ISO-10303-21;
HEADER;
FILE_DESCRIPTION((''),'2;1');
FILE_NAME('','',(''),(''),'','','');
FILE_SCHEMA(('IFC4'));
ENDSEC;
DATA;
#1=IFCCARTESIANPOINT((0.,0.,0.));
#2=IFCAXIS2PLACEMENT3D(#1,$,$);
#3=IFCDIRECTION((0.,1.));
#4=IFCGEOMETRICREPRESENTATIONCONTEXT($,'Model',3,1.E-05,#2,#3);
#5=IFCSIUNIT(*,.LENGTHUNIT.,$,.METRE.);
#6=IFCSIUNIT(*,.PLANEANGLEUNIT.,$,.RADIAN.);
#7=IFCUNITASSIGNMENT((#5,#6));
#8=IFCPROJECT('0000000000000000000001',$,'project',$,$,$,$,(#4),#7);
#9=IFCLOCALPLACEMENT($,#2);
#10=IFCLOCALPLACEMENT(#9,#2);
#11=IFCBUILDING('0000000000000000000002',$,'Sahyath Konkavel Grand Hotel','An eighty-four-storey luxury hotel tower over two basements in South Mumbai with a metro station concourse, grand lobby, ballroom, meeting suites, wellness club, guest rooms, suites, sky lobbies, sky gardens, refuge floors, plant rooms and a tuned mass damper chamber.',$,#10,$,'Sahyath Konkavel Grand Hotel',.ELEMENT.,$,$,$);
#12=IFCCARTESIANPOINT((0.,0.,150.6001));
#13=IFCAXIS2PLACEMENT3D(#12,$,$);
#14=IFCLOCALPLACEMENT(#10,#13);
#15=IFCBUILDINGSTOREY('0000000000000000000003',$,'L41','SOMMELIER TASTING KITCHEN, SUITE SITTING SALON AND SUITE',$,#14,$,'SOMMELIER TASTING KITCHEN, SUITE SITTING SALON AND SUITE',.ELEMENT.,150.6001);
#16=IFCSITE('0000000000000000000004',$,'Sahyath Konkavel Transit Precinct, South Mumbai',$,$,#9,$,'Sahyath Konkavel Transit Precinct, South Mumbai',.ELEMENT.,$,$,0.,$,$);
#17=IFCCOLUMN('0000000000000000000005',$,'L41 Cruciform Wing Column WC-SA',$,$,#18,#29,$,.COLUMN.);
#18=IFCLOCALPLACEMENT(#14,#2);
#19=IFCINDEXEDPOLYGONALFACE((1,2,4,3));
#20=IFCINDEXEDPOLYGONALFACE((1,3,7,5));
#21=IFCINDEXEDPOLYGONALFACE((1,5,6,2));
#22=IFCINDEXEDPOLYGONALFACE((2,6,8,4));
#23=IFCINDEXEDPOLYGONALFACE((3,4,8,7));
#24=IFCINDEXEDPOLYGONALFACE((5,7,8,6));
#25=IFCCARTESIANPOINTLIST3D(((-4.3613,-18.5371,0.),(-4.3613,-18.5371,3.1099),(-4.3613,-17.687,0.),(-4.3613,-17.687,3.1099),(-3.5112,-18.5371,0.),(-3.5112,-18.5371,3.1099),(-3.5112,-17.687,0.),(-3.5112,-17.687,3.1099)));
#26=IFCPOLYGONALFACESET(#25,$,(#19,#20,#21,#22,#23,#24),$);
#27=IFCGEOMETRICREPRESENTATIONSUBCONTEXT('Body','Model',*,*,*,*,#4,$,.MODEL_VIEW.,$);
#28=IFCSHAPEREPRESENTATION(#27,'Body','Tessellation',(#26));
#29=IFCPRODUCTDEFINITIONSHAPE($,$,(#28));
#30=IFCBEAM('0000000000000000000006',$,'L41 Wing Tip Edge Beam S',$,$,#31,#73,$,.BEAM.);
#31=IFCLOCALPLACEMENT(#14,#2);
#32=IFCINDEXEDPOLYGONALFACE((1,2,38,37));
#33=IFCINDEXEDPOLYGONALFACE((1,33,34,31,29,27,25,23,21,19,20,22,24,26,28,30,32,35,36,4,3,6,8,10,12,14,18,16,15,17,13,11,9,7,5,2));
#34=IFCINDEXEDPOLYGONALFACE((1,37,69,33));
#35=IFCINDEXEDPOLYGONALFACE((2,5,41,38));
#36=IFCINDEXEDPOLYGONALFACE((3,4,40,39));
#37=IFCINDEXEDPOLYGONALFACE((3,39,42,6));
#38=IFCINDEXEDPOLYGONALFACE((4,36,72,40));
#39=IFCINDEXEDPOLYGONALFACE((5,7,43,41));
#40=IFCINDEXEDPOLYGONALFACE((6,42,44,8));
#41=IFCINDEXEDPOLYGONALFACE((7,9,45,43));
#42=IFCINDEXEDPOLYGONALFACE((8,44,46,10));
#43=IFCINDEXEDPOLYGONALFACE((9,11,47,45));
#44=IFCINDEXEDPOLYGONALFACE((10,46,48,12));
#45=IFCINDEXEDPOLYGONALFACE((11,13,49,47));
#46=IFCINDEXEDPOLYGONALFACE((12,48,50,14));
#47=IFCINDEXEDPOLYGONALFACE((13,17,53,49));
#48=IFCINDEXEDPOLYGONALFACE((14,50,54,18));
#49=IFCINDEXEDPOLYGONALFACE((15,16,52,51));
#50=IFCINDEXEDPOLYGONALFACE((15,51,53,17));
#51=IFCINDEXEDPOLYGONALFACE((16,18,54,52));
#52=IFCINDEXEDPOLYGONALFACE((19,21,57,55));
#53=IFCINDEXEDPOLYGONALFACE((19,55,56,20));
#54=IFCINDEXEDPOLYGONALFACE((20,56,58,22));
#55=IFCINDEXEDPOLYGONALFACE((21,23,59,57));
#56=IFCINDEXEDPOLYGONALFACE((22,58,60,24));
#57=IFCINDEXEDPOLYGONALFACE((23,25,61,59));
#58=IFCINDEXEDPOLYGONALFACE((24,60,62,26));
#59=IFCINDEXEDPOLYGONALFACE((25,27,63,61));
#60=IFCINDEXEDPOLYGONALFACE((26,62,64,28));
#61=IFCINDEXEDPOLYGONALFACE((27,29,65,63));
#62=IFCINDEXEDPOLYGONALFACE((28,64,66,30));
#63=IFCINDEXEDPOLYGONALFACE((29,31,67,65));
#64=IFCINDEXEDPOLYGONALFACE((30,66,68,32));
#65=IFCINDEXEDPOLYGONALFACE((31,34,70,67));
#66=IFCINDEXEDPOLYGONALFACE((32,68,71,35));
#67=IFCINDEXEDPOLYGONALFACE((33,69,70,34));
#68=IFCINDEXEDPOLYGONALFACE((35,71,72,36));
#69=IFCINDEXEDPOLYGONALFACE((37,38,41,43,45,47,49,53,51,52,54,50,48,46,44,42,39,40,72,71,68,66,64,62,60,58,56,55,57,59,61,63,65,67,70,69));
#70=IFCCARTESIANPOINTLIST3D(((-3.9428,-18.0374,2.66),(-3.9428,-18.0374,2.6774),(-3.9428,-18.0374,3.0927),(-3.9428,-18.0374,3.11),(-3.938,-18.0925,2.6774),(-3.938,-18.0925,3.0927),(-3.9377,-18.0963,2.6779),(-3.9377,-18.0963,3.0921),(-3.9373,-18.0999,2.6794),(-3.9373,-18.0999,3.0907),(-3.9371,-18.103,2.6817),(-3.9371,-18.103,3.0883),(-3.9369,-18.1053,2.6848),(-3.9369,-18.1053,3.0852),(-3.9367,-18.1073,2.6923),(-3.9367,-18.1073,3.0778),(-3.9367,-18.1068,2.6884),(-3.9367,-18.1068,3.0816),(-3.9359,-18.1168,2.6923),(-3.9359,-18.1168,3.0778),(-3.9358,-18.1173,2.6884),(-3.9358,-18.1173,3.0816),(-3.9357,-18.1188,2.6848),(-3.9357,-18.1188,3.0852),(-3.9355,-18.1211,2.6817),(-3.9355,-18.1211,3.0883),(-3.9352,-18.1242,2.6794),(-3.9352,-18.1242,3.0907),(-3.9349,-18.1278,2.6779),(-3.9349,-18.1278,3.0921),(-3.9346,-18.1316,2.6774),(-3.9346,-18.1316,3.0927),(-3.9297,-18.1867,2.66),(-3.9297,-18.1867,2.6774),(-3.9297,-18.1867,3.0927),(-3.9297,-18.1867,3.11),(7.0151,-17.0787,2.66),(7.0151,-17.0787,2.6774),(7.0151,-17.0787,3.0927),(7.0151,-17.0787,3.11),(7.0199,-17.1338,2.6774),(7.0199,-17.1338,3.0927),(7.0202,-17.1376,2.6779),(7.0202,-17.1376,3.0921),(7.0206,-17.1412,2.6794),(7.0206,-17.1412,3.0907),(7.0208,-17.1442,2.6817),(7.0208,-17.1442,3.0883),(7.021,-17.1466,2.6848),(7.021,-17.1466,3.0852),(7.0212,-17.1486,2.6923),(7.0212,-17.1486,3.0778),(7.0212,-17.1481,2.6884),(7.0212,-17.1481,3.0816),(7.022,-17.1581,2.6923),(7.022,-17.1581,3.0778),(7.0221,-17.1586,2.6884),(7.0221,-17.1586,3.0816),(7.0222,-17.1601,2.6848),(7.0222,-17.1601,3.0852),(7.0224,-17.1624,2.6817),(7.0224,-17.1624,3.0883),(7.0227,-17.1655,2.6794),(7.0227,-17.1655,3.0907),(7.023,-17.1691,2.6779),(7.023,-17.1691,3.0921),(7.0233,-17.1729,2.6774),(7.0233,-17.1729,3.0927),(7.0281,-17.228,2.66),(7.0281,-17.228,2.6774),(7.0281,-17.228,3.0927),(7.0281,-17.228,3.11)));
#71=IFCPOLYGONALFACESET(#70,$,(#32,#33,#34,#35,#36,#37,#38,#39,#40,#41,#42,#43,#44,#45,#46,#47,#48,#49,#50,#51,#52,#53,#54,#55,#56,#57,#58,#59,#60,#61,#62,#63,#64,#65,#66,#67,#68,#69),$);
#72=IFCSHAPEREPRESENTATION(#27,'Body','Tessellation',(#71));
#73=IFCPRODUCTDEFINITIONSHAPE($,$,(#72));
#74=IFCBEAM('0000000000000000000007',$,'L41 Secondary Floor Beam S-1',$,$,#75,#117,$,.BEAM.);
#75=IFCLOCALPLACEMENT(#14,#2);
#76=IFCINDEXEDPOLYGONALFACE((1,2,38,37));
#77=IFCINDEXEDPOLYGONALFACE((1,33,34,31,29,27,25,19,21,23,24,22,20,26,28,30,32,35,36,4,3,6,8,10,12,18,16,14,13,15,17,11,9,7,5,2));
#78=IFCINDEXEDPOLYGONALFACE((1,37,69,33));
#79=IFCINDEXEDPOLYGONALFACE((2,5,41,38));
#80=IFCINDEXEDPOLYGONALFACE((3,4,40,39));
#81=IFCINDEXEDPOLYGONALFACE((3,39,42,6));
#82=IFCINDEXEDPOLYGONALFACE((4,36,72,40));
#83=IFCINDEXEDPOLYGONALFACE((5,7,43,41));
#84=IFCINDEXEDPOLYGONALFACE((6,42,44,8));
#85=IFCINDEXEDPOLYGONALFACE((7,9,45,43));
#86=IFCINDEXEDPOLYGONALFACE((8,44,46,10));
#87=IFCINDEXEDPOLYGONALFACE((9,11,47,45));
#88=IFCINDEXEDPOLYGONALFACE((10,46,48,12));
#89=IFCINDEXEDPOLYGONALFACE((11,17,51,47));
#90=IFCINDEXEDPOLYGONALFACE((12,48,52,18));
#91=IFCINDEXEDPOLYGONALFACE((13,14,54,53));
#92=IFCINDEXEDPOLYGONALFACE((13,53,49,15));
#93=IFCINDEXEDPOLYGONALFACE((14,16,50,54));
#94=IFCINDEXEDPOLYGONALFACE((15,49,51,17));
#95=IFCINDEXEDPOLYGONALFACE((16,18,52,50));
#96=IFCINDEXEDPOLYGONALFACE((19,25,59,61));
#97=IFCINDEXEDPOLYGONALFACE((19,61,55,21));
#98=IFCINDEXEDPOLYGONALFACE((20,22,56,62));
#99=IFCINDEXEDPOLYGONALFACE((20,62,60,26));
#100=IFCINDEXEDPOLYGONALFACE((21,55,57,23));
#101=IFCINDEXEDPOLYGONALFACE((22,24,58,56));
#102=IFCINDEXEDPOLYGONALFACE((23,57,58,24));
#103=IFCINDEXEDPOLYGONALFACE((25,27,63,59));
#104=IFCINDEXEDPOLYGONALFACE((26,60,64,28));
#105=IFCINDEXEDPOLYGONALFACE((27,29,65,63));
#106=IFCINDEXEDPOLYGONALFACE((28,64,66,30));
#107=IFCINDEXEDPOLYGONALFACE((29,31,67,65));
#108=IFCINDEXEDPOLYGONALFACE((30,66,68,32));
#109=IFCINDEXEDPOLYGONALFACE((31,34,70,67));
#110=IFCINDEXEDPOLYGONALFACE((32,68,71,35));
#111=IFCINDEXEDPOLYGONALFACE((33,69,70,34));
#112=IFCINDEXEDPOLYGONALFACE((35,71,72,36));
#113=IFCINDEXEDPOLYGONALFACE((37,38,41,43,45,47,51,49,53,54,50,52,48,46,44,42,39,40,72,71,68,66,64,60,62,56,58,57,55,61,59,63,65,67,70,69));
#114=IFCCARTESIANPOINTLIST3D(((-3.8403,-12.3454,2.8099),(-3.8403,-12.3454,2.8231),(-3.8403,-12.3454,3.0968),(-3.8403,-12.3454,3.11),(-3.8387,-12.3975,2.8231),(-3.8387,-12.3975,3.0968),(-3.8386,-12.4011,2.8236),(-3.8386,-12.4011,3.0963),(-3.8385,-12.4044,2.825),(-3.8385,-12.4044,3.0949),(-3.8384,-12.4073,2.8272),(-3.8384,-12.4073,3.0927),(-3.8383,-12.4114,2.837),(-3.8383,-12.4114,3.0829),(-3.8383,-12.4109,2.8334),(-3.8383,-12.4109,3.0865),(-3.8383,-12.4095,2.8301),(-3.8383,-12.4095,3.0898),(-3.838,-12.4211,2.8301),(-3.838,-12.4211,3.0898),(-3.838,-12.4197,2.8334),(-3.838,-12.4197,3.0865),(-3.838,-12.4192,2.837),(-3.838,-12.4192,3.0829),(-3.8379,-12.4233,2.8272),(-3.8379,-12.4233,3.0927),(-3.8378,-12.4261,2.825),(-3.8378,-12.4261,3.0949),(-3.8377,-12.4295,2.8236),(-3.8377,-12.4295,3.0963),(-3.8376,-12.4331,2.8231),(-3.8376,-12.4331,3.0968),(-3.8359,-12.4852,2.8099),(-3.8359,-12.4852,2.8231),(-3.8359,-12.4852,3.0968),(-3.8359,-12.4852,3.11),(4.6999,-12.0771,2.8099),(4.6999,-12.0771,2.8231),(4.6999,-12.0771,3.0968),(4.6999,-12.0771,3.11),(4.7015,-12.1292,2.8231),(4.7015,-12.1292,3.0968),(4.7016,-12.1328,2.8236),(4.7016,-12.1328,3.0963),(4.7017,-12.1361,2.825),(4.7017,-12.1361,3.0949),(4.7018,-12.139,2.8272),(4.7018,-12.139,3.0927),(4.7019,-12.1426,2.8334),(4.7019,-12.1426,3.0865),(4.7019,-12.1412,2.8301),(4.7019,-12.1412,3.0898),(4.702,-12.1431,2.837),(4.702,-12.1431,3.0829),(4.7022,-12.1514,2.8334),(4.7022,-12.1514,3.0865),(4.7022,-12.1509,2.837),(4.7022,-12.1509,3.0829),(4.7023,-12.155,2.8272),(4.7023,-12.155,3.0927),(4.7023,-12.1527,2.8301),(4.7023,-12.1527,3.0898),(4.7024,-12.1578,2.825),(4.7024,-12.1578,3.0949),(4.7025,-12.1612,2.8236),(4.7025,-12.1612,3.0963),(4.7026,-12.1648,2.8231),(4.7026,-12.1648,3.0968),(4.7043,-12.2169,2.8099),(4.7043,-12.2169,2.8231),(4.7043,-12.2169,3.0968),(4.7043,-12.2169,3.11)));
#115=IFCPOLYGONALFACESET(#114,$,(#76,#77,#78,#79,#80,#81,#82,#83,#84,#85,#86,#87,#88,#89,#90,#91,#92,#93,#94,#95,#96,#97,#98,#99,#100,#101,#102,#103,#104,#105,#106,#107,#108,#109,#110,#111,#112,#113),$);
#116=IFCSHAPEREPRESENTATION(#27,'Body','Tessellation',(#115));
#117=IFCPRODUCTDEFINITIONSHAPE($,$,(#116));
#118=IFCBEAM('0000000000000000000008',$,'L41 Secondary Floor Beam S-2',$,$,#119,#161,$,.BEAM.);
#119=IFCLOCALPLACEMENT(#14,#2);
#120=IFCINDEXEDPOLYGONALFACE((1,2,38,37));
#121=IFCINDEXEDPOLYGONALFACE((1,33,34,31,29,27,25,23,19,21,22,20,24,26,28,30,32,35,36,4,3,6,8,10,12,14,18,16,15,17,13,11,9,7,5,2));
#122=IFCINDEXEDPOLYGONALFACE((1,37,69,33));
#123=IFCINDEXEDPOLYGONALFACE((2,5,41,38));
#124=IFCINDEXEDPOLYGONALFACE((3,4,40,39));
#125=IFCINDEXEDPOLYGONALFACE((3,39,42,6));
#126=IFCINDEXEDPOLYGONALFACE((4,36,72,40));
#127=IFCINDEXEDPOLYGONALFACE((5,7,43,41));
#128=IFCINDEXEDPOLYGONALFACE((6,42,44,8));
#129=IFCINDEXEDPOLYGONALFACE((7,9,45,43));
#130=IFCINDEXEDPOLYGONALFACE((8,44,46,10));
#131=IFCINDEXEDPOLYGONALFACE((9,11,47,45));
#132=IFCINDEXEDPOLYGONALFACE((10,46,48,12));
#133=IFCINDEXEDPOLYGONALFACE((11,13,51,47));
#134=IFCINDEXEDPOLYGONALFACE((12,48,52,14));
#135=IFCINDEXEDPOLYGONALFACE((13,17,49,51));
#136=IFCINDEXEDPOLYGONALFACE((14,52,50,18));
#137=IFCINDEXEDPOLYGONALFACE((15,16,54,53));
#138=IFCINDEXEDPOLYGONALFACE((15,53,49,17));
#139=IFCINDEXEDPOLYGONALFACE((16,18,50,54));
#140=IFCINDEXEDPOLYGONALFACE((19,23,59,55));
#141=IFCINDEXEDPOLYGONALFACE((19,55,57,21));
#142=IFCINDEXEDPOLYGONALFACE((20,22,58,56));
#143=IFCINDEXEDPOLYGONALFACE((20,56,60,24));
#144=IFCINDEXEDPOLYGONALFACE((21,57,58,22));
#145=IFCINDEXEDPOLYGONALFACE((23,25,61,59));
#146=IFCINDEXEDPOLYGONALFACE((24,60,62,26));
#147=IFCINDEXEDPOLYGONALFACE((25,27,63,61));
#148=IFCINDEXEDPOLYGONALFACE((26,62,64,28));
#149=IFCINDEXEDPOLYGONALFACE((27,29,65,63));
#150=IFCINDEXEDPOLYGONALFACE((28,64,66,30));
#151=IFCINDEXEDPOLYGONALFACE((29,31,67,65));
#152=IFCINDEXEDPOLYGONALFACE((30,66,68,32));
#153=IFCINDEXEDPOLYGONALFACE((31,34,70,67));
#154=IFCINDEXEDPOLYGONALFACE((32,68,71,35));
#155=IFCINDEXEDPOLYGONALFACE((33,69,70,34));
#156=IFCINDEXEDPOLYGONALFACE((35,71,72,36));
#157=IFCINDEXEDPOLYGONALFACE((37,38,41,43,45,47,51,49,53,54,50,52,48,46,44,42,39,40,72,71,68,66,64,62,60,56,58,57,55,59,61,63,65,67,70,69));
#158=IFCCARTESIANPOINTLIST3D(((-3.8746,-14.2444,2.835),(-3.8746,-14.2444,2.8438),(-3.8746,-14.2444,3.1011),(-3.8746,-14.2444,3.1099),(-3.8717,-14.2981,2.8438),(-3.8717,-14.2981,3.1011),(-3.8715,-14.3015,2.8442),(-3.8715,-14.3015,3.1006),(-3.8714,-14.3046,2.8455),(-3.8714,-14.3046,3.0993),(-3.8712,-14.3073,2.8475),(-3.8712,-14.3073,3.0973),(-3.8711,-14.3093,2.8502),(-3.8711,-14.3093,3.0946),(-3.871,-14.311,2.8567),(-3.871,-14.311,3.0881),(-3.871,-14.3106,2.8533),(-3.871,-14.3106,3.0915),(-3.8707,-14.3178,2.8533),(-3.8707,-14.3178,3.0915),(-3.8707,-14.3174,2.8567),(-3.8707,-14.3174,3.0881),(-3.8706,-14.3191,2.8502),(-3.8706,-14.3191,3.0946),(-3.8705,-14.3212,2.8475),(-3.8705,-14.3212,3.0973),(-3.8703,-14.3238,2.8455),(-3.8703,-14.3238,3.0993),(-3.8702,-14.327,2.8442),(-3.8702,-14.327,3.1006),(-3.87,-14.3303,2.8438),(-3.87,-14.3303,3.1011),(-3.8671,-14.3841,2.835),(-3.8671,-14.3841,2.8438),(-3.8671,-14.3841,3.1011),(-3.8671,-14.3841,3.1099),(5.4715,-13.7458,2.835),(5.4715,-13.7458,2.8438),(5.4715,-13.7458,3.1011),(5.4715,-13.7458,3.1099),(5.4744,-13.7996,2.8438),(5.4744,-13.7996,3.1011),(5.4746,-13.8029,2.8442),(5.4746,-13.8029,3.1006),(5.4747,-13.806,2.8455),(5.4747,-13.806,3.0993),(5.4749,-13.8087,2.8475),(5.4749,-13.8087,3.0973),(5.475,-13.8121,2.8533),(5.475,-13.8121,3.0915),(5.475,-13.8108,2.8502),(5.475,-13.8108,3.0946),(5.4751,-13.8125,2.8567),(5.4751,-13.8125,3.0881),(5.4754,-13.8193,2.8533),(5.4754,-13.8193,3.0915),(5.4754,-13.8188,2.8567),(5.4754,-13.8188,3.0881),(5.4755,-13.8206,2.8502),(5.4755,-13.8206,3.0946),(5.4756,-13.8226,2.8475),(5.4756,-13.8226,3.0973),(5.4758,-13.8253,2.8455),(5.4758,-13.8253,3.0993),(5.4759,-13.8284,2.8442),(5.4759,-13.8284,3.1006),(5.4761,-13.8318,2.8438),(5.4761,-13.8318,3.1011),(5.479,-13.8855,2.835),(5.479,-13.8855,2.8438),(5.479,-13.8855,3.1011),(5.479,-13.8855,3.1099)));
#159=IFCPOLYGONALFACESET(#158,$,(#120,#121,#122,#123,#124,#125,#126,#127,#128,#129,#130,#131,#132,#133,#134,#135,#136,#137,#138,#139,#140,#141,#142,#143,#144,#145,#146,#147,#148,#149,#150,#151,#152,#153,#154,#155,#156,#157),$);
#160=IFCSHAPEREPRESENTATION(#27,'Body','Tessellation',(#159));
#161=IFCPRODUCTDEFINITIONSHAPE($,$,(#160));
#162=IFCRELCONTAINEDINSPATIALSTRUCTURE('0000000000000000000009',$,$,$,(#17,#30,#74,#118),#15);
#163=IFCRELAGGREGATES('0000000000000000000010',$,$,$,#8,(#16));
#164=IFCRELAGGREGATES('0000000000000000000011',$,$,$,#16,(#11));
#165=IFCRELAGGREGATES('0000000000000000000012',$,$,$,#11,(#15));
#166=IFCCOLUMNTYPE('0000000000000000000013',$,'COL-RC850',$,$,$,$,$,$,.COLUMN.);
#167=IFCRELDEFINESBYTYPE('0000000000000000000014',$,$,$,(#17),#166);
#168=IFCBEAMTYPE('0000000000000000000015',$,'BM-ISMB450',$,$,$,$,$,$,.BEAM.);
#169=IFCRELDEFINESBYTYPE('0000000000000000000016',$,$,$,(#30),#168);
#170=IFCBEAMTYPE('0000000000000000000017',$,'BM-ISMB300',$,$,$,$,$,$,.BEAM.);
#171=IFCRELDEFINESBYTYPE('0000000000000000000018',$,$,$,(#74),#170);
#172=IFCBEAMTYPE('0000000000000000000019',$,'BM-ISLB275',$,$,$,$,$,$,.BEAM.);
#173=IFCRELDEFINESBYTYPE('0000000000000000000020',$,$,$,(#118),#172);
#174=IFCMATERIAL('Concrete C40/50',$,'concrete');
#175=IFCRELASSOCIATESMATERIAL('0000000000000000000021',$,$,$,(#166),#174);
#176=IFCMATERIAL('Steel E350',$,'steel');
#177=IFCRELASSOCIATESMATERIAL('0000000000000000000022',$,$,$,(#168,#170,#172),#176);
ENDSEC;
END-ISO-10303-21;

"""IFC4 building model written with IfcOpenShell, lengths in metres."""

from ifc_helpers import new_model, si_unit, direction, frame, origin, origin_2d, place, context, subcontext, project, spatial, rectangle, i_section, extrude, source, transform, mapped, material, material_profile, profile_set, type_object, element, save


model = new_model("IFC4")

# Units and contexts
model_context = context("Model", 3, precision=1e-05, world=origin(), true_north=direction((0.0, 1.0)))
body_context = subcontext(model_context, "Body", "Model", "MODEL_VIEW")
ifc_project = project(units=[si_unit("LENGTHUNIT", "METRE"), si_unit("PLANEANGLEUNIT", "RADIAN")], contexts=[model_context])

# Site, building, storey
site_placement = place(None, origin())
site = spatial("IfcSite", under=ifc_project, at=site_placement, Name="Sahyath Konkavel Transit Precinct, South Mumbai", LongName="Sahyath Konkavel Transit Precinct, South Mumbai", CompositionType="ELEMENT", RefElevation=0.0)
building_placement = place(site_placement, origin())
building = spatial("IfcBuilding", under=site, at=building_placement, Name="Sahyath Konkavel Grand Hotel", Description="An eighty-four-storey luxury hotel tower over two basements in South Mumbai with a metro station concourse, grand lobby, ballroom, meeting suites, wellness club, guest rooms, suites, sky lobbies, sky gardens, refuge floors, plant rooms and a tuned mass damper chamber.", LongName="Sahyath Konkavel Grand Hotel", CompositionType="ELEMENT")
storey_placement = place(building_placement, frame((0.0, 0.0, 150.6001)))
storey = spatial("IfcBuildingStorey", under=building, at=storey_placement, Name="L41", Description="SOMMELIER TASTING KITCHEN, SUITE SITTING SALON AND SUITE", LongName="SOMMELIER TASTING KITCHEN, SUITE SITTING SALON AND SUITE", CompositionType="ELEMENT", Elevation=150.6001)

# Column
ifc_material_1 = material(Name="Concrete C40/50", Category="concrete")
ifc_material_profile_1 = material_profile(ifc_material_1, rectangle(XDim=0.8501, YDim=0.8501, at=origin_2d()), Name="RC 850x850")
ifc_profile_set_1 = profile_set([ifc_material_profile_1], Name="Concrete C40/50")
column_type = type_object("IfcColumnType", Name="COL-RC850", PredefinedType="COLUMN", material=ifc_profile_set_1)
shared_shape_1 = source(origin(), body_context, "Body", "SweptSolid", [
    extrude(rectangle(XDim=0.8501, YDim=0.8501, at=origin_2d()), origin(), (0.0, 0.0, 1.0), 3.1099),
])
column_placement = place(storey_placement, frame((-3.9363, -18.1121, 0.0), z_axis=(0.0, 0.0, 1.0), x_axis=(1.0, 0.0, 0.0)))
element("IfcColumn", 1, at=column_placement, inside=storey, type_object=column_type, Name="L41 Cruciform Wing Column WC-SA", PredefinedType="COLUMN", context=body_context, shape_type="MappedRepresentation", body=[
    mapped(shared_shape_1, transform((0.0, 0.0, 0.0), scale=1.0)),
])

# Beams
ifc_material_2 = material(Name="Steel E350", Category="steel")
ifc_material_profile_2 = material_profile(ifc_material_2, i_section(OverallWidth=0.1499, OverallDepth=0.45, WebThickness=0.0095, FlangeThickness=0.0173, FilletRadius=0.0149, at=origin_2d()), Name="ISMB 450")
ifc_profile_set_2 = profile_set([ifc_material_profile_2], Name="Steel E350")
beam_type_1 = type_object("IfcBeamType", Name="BM-ISMB450", PredefinedType="BEAM", material=ifc_profile_set_2)
shared_shape_2 = source(origin(), body_context, "Body", "SweptSolid", [
    extrude(i_section(OverallWidth=0.1499, OverallDepth=0.45, WebThickness=0.0095, FlangeThickness=0.0173, FilletRadius=0.0149, at=origin_2d()), origin(), (0.0, 0.0, 1.0), 10.9998),
])
beam_1_placement = place(storey_placement, frame((-3.9363, -18.1121, 2.885), z_axis=(0.996194, 0.087159, 0.0), x_axis=(-0.087159, 0.996194, 0.0)))
element("IfcBeam", 2, at=beam_1_placement, inside=storey, type_object=beam_type_1, Name="L41 Wing Tip Edge Beam S", PredefinedType="BEAM", context=body_context, shape_type="MappedRepresentation", body=[
    mapped(shared_shape_2, transform((0.0, 0.0, 0.0), scale=1.0)),
])
ifc_material_profile_3 = material_profile(ifc_material_2, i_section(OverallWidth=0.1399, OverallDepth=0.3, WebThickness=0.0078, FlangeThickness=0.0132, FilletRadius=0.0139, at=origin_2d()), Name="ISMB 300")
ifc_profile_set_3 = profile_set([ifc_material_profile_3], Name="Steel E350")
beam_type_2 = type_object("IfcBeamType", Name="BM-ISMB300", PredefinedType="BEAM", material=ifc_profile_set_3)
shared_shape_3 = source(origin(), body_context, "Body", "SweptSolid", [
    extrude(i_section(OverallWidth=0.1399, OverallDepth=0.3, WebThickness=0.0078, FlangeThickness=0.0132, FilletRadius=0.0139, at=origin_2d()), origin(), (0.0, 0.0, 1.0), 8.5444),
])
beam_2_placement = place(storey_placement, frame((-3.8381, -12.4153, 2.96), z_axis=(0.999507, 0.031402, 0.0), x_axis=(-0.031402, 0.999507, 0.0)))
element("IfcBeam", 3, at=beam_2_placement, inside=storey, type_object=beam_type_2, Name="L41 Secondary Floor Beam S-1", PredefinedType="BEAM", context=body_context, shape_type="MappedRepresentation", body=[
    mapped(shared_shape_3, transform((0.0, 0.0, 0.0), scale=1.0)),
])
ifc_material_profile_4 = material_profile(ifc_material_2, i_section(OverallWidth=0.1399, OverallDepth=0.2749, WebThickness=0.0063, FlangeThickness=0.0088, FilletRadius=0.0129, at=origin_2d()), Name="ISLB 275")
ifc_profile_set_4 = profile_set([ifc_material_profile_4], Name="Steel E350")
beam_type_3 = type_object("IfcBeamType", Name="BM-ISLB275", PredefinedType="BEAM", material=ifc_profile_set_4)
shared_shape_4 = source(origin(), body_context, "Body", "SweptSolid", [
    extrude(i_section(OverallWidth=0.1399, OverallDepth=0.2749, WebThickness=0.0063, FlangeThickness=0.0088, FilletRadius=0.0129, at=origin_2d()), origin(), (0.0, 0.0, 1.0), 9.3594),
])
beam_3_placement = place(storey_placement, frame((-3.8708, -14.3142, 2.9724), z_axis=(0.99858, 0.053265, 0.0), x_axis=(-0.053265, 0.99858, 0.0)))
element("IfcBeam", 4, at=beam_3_placement, inside=storey, type_object=beam_type_3, Name="L41 Secondary Floor Beam S-2", PredefinedType="BEAM", context=body_context, shape_type="MappedRepresentation", body=[
    mapped(shared_shape_4, transform((0.0, 0.0, 0.0), scale=1.0)),
])

save(model, "model.ifc")
